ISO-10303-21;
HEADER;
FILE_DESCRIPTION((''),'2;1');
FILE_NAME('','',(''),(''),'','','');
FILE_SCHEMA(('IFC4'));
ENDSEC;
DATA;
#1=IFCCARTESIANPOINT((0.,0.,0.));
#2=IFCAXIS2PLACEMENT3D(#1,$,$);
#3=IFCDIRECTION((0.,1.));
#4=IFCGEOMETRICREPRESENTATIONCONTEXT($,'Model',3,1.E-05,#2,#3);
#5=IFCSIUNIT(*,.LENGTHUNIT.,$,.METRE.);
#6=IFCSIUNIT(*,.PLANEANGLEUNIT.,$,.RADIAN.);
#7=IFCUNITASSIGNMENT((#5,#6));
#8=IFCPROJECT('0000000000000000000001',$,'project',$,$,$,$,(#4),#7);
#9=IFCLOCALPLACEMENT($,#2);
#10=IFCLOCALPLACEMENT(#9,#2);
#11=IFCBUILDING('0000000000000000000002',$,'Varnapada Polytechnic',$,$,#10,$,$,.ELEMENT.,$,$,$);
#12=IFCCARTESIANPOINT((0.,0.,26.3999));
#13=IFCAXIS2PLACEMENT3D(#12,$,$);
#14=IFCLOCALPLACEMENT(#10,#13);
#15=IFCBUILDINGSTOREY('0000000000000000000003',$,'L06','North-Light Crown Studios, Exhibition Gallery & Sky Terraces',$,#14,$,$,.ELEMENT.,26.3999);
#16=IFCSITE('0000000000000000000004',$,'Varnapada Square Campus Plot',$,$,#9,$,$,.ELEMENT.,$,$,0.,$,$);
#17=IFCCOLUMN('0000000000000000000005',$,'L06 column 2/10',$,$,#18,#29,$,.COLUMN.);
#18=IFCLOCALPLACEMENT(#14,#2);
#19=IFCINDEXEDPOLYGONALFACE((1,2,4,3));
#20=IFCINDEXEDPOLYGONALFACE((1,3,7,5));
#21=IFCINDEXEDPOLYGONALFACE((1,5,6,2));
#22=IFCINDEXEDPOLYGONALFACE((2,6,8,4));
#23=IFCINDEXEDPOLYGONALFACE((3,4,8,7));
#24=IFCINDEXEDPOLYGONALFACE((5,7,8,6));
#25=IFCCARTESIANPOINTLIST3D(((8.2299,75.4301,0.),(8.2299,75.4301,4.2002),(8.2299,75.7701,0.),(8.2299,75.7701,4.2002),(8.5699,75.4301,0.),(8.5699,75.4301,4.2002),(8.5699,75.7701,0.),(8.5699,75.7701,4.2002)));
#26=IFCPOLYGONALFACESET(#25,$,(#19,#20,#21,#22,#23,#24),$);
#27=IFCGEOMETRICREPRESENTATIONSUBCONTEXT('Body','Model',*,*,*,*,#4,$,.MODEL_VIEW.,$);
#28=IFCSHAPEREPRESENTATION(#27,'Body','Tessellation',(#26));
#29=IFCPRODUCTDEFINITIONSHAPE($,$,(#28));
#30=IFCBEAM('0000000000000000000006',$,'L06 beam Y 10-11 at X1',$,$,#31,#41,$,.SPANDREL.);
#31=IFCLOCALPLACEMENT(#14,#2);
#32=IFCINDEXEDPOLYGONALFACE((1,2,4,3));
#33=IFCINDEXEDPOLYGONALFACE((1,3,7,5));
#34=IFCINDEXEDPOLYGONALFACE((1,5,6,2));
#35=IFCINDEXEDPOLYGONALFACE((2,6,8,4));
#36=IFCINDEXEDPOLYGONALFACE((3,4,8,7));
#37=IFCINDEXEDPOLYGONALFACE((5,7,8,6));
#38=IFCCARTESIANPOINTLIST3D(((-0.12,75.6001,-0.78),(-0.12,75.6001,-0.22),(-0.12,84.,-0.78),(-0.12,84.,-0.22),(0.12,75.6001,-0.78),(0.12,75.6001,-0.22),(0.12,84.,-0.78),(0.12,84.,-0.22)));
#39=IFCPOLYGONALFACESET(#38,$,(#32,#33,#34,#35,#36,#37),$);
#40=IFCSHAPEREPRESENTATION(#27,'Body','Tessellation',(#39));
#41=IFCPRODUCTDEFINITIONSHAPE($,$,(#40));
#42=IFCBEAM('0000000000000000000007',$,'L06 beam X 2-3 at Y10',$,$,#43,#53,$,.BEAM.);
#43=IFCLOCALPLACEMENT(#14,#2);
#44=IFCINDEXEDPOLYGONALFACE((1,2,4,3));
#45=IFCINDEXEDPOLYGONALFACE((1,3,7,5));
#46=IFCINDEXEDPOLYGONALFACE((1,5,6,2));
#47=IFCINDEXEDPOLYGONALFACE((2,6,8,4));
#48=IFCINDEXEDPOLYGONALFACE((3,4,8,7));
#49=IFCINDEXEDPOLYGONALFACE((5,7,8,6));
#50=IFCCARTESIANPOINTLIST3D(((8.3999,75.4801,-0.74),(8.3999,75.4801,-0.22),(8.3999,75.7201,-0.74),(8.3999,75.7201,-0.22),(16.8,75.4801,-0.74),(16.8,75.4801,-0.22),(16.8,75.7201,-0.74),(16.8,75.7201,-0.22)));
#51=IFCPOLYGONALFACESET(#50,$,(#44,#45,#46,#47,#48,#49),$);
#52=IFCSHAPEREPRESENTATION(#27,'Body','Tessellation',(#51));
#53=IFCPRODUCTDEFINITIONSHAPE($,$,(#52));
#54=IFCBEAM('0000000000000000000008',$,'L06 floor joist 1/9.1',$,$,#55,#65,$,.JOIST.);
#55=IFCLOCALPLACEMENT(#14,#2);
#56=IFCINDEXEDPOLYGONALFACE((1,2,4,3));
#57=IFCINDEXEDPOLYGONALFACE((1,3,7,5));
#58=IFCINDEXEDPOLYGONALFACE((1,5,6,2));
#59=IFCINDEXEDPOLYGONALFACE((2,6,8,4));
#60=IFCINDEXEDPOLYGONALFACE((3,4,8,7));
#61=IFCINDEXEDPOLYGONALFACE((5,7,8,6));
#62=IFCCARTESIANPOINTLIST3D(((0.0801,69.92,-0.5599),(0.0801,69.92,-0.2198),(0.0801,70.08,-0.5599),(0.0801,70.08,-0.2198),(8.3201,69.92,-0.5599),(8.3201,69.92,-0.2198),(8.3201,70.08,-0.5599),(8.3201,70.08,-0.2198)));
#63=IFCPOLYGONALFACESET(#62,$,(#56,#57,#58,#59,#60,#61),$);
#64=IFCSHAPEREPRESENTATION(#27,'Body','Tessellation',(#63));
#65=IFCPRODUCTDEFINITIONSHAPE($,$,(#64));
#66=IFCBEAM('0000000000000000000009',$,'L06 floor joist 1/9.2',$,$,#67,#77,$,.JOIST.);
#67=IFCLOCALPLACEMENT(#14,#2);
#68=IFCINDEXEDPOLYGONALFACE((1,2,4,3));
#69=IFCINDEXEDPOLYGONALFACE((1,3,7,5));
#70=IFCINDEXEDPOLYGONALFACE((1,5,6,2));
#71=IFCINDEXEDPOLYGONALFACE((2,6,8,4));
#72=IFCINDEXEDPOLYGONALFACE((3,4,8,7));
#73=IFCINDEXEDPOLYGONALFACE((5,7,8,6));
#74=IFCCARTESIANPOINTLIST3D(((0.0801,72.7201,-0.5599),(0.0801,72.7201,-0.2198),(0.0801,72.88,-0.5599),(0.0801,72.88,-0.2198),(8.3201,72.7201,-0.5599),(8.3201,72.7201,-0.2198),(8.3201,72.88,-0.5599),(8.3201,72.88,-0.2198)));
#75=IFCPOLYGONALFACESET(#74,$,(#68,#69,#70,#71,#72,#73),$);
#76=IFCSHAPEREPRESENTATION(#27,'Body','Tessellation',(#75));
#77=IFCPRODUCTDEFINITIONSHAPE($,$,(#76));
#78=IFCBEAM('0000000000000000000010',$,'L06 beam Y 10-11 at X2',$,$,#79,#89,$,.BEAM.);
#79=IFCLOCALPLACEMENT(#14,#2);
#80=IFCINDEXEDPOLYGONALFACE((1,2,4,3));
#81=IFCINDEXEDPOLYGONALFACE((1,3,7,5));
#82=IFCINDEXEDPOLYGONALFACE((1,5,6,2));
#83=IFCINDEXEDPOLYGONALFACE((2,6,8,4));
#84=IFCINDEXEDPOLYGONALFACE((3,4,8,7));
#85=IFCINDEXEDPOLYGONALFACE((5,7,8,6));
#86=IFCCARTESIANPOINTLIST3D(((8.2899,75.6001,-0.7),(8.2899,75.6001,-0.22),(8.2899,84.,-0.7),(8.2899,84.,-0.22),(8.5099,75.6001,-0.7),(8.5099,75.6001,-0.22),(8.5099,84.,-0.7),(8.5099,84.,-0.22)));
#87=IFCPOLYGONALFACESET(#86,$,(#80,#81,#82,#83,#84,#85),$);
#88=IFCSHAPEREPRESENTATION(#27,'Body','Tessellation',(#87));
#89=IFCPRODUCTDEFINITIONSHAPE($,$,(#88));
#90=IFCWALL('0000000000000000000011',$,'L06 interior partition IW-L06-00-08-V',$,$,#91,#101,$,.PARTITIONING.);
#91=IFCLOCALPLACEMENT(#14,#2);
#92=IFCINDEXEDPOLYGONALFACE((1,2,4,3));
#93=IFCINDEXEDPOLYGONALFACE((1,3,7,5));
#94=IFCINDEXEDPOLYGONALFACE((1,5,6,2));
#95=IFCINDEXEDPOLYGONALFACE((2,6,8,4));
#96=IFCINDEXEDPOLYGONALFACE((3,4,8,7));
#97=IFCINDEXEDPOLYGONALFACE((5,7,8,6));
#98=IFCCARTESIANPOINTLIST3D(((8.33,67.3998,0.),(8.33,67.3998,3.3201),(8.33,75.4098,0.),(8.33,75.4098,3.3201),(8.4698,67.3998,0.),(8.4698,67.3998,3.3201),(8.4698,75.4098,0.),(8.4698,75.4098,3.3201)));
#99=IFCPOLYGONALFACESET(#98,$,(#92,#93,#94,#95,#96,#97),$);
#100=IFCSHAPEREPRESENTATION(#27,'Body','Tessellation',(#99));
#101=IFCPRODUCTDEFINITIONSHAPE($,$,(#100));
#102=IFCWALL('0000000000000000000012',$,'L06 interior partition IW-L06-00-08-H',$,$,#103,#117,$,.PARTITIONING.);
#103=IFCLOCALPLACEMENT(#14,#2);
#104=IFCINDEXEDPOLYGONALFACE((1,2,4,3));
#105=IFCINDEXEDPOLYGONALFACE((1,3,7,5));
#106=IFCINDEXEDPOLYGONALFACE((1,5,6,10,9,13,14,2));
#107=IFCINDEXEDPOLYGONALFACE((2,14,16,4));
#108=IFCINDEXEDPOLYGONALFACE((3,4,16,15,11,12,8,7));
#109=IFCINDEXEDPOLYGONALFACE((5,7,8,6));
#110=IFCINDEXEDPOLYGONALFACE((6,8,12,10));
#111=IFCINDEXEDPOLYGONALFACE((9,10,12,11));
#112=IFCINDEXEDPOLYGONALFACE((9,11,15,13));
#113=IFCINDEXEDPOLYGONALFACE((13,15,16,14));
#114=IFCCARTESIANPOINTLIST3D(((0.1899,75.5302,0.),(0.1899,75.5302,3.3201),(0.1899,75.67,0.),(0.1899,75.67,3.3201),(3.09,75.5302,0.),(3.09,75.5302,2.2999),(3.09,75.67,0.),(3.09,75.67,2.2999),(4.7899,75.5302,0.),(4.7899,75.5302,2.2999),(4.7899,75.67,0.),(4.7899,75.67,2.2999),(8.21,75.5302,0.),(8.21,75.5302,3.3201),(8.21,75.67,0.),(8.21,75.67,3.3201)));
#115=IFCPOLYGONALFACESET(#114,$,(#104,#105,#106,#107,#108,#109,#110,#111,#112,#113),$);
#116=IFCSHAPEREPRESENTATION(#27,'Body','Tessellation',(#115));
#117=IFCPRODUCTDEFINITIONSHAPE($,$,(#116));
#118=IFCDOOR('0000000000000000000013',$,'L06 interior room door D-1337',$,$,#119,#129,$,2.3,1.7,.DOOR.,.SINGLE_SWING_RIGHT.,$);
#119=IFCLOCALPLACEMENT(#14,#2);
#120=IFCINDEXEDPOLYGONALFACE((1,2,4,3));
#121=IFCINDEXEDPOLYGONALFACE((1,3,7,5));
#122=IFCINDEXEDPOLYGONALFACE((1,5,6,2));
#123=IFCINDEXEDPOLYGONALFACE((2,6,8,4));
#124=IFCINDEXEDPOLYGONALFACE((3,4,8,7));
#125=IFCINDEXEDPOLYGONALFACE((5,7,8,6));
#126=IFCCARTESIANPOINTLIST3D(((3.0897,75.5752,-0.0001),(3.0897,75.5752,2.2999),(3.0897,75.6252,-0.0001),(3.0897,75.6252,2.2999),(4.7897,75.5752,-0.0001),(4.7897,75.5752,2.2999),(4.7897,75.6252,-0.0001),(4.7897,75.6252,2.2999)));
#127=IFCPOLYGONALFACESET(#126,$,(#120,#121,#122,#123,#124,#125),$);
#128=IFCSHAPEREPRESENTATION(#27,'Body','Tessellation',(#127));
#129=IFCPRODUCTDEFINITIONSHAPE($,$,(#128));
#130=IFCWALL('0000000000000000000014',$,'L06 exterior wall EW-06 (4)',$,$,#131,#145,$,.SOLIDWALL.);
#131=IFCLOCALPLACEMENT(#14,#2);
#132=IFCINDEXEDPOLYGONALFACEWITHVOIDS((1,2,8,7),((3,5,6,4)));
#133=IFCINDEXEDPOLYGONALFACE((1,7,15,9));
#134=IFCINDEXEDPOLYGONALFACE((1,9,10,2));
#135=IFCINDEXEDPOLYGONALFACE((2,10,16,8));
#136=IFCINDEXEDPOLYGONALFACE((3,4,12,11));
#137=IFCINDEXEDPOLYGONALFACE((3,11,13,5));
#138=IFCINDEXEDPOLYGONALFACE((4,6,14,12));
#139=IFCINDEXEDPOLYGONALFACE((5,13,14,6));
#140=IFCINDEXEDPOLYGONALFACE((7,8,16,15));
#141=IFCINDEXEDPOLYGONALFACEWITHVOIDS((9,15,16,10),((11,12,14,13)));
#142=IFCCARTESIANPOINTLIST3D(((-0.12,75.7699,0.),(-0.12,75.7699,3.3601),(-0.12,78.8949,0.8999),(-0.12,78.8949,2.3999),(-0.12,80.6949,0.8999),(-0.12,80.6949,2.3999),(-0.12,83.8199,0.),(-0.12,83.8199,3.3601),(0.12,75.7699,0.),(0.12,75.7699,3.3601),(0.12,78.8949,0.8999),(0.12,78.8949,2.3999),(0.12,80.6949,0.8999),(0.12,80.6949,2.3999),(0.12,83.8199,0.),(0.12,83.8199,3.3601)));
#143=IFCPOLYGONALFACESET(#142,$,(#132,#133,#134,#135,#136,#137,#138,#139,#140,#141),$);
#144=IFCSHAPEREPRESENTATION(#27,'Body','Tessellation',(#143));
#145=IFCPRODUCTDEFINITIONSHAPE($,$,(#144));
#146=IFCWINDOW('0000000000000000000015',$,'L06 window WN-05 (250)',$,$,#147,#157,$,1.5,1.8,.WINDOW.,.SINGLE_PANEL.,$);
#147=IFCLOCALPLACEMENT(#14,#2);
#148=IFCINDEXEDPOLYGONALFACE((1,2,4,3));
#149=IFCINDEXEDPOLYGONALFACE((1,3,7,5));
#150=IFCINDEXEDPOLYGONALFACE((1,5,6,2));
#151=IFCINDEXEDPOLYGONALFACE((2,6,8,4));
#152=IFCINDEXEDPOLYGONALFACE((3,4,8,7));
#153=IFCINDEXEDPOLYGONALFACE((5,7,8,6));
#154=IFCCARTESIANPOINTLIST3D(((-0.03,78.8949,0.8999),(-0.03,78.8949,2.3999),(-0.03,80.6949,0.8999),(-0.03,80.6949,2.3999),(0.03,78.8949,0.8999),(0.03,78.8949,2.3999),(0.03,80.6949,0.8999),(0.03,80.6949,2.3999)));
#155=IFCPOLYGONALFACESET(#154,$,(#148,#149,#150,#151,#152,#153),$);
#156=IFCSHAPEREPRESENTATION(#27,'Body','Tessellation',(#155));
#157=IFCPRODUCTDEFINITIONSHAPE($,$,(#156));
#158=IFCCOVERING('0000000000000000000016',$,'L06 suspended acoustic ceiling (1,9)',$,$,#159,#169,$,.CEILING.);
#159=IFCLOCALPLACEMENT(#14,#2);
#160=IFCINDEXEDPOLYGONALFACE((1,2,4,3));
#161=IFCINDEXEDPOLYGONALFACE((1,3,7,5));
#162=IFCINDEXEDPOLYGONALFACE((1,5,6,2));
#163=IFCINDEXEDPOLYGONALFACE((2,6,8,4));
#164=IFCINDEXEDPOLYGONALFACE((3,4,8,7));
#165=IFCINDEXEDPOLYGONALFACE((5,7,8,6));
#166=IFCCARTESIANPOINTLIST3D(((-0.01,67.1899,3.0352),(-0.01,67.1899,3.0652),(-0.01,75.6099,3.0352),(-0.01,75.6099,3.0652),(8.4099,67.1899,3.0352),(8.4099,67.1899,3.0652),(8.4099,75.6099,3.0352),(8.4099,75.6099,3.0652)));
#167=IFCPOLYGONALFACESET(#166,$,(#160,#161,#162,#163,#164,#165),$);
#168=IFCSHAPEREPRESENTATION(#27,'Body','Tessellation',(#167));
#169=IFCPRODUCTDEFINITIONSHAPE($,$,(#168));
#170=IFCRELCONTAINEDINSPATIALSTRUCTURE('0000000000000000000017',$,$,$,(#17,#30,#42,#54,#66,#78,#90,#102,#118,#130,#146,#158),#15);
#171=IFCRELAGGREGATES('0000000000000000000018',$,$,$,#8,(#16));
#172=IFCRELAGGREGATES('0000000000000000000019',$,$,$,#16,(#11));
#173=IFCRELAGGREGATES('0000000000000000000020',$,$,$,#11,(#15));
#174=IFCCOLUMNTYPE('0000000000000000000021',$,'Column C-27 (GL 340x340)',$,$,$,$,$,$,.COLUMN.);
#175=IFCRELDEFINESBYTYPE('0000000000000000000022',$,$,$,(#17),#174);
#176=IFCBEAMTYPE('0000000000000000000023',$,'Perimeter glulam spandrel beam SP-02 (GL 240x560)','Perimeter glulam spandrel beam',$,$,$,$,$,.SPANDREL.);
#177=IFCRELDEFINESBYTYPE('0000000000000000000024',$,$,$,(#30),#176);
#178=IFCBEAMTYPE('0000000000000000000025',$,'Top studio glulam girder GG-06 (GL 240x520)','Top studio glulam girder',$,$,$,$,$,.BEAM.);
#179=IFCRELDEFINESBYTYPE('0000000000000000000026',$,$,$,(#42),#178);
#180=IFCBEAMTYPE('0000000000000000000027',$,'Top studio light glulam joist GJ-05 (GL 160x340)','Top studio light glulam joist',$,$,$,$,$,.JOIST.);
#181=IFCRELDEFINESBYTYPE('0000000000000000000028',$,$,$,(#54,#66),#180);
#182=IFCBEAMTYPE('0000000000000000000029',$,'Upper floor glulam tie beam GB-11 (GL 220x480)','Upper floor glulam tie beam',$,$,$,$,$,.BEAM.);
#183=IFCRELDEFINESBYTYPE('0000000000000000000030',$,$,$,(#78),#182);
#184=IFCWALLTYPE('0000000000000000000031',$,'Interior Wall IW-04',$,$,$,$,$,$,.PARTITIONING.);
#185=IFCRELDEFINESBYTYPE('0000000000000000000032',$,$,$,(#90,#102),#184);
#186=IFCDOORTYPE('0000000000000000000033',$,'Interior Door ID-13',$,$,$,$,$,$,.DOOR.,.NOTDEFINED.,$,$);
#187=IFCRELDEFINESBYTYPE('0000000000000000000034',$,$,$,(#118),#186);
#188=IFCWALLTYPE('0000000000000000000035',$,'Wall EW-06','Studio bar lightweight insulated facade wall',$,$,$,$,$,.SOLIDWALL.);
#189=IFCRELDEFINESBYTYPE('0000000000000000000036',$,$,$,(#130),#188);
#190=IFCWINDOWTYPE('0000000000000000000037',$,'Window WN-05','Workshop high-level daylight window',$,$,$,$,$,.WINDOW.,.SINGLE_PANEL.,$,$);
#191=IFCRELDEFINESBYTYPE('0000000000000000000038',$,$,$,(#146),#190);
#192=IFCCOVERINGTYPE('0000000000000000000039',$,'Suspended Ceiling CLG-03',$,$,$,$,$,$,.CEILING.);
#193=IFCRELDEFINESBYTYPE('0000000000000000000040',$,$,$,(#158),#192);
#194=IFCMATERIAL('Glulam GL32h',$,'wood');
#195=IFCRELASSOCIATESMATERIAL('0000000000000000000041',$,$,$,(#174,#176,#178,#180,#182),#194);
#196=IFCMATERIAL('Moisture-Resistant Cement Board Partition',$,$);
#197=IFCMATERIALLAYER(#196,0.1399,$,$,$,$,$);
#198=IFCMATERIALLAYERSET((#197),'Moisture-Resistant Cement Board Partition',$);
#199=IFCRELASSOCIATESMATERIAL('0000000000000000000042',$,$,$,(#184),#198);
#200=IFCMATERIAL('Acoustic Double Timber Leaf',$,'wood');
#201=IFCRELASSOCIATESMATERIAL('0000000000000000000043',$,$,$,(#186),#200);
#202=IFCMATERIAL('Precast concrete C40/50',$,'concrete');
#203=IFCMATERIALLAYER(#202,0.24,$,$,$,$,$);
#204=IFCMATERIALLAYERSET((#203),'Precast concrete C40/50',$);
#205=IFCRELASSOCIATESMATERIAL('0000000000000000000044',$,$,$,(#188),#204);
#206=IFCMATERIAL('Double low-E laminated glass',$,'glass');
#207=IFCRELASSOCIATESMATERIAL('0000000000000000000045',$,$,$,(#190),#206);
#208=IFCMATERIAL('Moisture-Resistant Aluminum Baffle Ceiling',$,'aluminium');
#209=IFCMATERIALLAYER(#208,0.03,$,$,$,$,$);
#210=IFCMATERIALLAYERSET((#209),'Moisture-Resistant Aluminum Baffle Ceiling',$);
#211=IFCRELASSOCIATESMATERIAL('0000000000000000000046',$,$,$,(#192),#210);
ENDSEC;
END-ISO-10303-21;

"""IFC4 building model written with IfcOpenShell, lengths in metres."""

from ifc_helpers import new_model, si_unit, direction, frame, frame_2d, origin, origin_2d, place, context, subcontext, project, spatial, rectangle, extrude, material, layer, layer_set, material_profile, profile_set, type_object, element, fill, save


model = new_model("IFC4")

# Units and contexts
model_context = context("Model", 3, precision=1e-05, world=origin(), true_north=direction((0.0, 1.0)))
body_context = subcontext(model_context, "Body", "Model", "MODEL_VIEW")
ifc_project = project(units=[si_unit("LENGTHUNIT", "METRE"), si_unit("PLANEANGLEUNIT", "RADIAN")], contexts=[model_context])

# Site, building, storey
site_placement = place(None, origin())
site = spatial("IfcSite", under=ifc_project, at=site_placement, Name="Varnapada Square Campus Plot", CompositionType="ELEMENT", RefElevation=0.0)
building_placement = place(site_placement, origin())
building = spatial("IfcBuilding", under=site, at=building_placement, Name="Varnapada Polytechnic", CompositionType="ELEMENT")
storey_placement = place(building_placement, frame((0.0, 0.0, 26.3999)))
storey = spatial("IfcBuildingStorey", under=building, at=storey_placement, Name="L06", Description="North-Light Crown Studios, Exhibition Gallery & Sky Terraces", CompositionType="ELEMENT", Elevation=26.3999)

# Column
ifc_material_1 = material(Name="Glulam GL32h", Category="wood")
ifc_material_profile_1 = material_profile(ifc_material_1, rectangle(XDim=0.3401, YDim=0.3401, at=origin_2d()), Name="GL 340x340")
ifc_profile_set_1 = profile_set([ifc_material_profile_1], Name="Glulam GL32h")
column_type = type_object("IfcColumnType", Name="Column C-27 (GL 340x340)", PredefinedType="COLUMN", material=ifc_profile_set_1)
column_placement = place(storey_placement, frame((8.3999, 75.6001, 0.0), z_axis=(0.0, 0.0, 1.0), x_axis=(1.0, 0.0, 0.0)))
element("IfcColumn", 1, at=column_placement, inside=storey, type_object=column_type, Name="L06 column 2/10", PredefinedType="COLUMN", context=body_context, shape_type="SweptSolid", body=[
    extrude(rectangle(XDim=0.3401, YDim=0.3401, at=origin_2d()), origin(), (0.0, 0.0, 1.0), 4.2002),
])

# Beams
ifc_material_profile_2 = material_profile(ifc_material_1, rectangle(XDim=0.24, YDim=0.5601, at=origin_2d()), Name="GL 240x560")
ifc_profile_set_2 = profile_set([ifc_material_profile_2], Name="Glulam GL32h")
beam_type_1 = type_object("IfcBeamType", Name="Perimeter glulam spandrel beam SP-02 (GL 240x560)", Description="Perimeter glulam spandrel beam", PredefinedType="SPANDREL", material=ifc_profile_set_2)
beam_1_placement = place(storey_placement, frame((0.0, 75.6001, -0.5), z_axis=(0.0, 1.0, 0.0), x_axis=(-1.0, 0.0, 0.0)))
element("IfcBeam", 2, at=beam_1_placement, inside=storey, type_object=beam_type_1, Name="L06 beam Y 10-11 at X1", PredefinedType="SPANDREL", context=body_context, shape_type="SweptSolid", body=[
    extrude(rectangle(XDim=0.24, YDim=0.5601, at=origin_2d()), origin(), (0.0, 0.0, 1.0), 8.3999),
])
ifc_material_profile_3 = material_profile(ifc_material_1, rectangle(XDim=0.24, YDim=0.52, at=origin_2d()), Name="GL 240x520")
ifc_profile_set_3 = profile_set([ifc_material_profile_3], Name="Glulam GL32h")
beam_type_2 = type_object("IfcBeamType", Name="Top studio glulam girder GG-06 (GL 240x520)", Description="Top studio glulam girder", PredefinedType="BEAM", material=ifc_profile_set_3)
beam_2_placement = place(storey_placement, frame((8.3999, 75.6001, -0.48), z_axis=(1.0, 0.0, 0.0), x_axis=(0.0, 1.0, 0.0)))
element("IfcBeam", 3, at=beam_2_placement, inside=storey, type_object=beam_type_2, Name="L06 beam X 2-3 at Y10", PredefinedType="BEAM", context=body_context, shape_type="SweptSolid", body=[
    extrude(rectangle(XDim=0.24, YDim=0.52, at=origin_2d()), origin(), (0.0, 0.0, 1.0), 8.4001),
])
ifc_material_profile_4 = material_profile(ifc_material_1, rectangle(XDim=0.1599, YDim=0.3401, at=origin_2d()), Name="GL 160x340")
ifc_profile_set_4 = profile_set([ifc_material_profile_4], Name="Glulam GL32h")
beam_type_3 = type_object("IfcBeamType", Name="Top studio light glulam joist GJ-05 (GL 160x340)", Description="Top studio light glulam joist", PredefinedType="JOIST", material=ifc_profile_set_4)
for number, where, z_axis, x_axis, name in (
    (4, (0.0801, 70.0, -0.3899), (1.0, 0.0, 0.0), (0.0, 1.0, 0.0), "L06 floor joist 1/9.1"),
    (5, (0.0801, 72.8, -0.3899), (1.0, 0.0, 0.0), (0.0, 1.0, 0.0), "L06 floor joist 1/9.2"),
):
    element("IfcBeam", number, at=place(storey_placement, frame(where, z_axis=z_axis, x_axis=x_axis)), inside=storey, type_object=beam_type_3, Name=name, PredefinedType="JOIST", context=body_context, shape_type="SweptSolid", body=[
        extrude(rectangle(XDim=0.1599, YDim=0.3401, at=origin_2d()), origin(), (0.0, 0.0, 1.0), 8.24),
    ])
ifc_material_profile_5 = material_profile(ifc_material_1, rectangle(XDim=0.22, YDim=0.48, at=origin_2d()), Name="GL 220x480")
ifc_profile_set_5 = profile_set([ifc_material_profile_5], Name="Glulam GL32h")
beam_type_4 = type_object("IfcBeamType", Name="Upper floor glulam tie beam GB-11 (GL 220x480)", Description="Upper floor glulam tie beam", PredefinedType="BEAM", material=ifc_profile_set_5)
beam_3_placement = place(storey_placement, frame((8.3999, 75.6001, -0.46), z_axis=(0.0, 1.0, 0.0), x_axis=(-1.0, 0.0, 0.0)))
element("IfcBeam", 6, at=beam_3_placement, inside=storey, type_object=beam_type_4, Name="L06 beam Y 10-11 at X2", PredefinedType="BEAM", context=body_context, shape_type="SweptSolid", body=[
    extrude(rectangle(XDim=0.22, YDim=0.48, at=origin_2d()), origin(), (0.0, 0.0, 1.0), 8.3999),
])

# Wall
ifc_material_2 = material(Name="Moisture-Resistant Cement Board Partition")
ifc_layer_1 = layer(ifc_material_2, 0.1399)
ifc_layer_set_1 = layer_set([ifc_layer_1], Name="Moisture-Resistant Cement Board Partition")
wall_type_1 = type_object("IfcWallType", Name="Interior Wall IW-04", PredefinedType="PARTITIONING", material=ifc_layer_set_1)
wall_1_placement = place(storey_placement, frame((8.3999, 67.3999, 0.0), z_axis=(0.0, 0.0, 1.0), x_axis=(0.0, 1.0, 0.0)))
element("IfcWall", 7, at=wall_1_placement, inside=storey, type_object=wall_type_1, Name="L06 interior partition IW-L06-00-08-V", PredefinedType="PARTITIONING", context=body_context, shape_type="SweptSolid", body=[
    extrude(rectangle(XDim=8.01, YDim=0.1399, at=frame_2d((4.0049, 0.0))), origin(), (0.0, 0.0, 1.0), 3.3201),
])

# Wall, opening, door
wall_2_placement = place(storey_placement, frame((0.1899, 75.6001, 0.0), z_axis=(0.0, 0.0, 1.0), x_axis=(1.0, 0.0, 0.0)))
wall_2 = element("IfcWall", 8, at=wall_2_placement, inside=storey, type_object=wall_type_1, Name="L06 interior partition IW-L06-00-08-H", PredefinedType="PARTITIONING", context=body_context, shape_type="SweptSolid", body=[
    extrude(rectangle(XDim=8.02, YDim=0.1399, at=frame_2d((4.01, 0.0))), origin(), (0.0, 0.0, 1.0), 3.3201),
])
opening_1_placement = place(wall_2_placement, frame((2.8999, 0.0, 0.0)))
opening_1 = element("IfcOpeningElement", 9, at=opening_1_placement, cuts=wall_2, PredefinedType="OPENING", context=body_context, shape_type="SweptSolid", body=[
    extrude(rectangle(XDim=1.7, YDim=2.3, at=frame_2d((0.8501, 1.1499))), frame((0.0, 0.0798, 0.0), z_axis=(0.0, -1.0, 0.0), x_axis=(1.0, 0.0, 0.0)), (0.0, 0.0, 1.0), 0.1599),
])
ifc_material_3 = material(Name="Acoustic Double Timber Leaf", Category="wood")
door_type = type_object("IfcDoorType", Name="Interior Door ID-13", OperationType="NOTDEFINED", PredefinedType="DOOR", material=ifc_material_3)
door_placement = place(opening_1_placement, frame((1.7, 0.0, 0.0), z_axis=(0.0, 0.0, 1.0), x_axis=(-1.0, 0.0, 0.0)))
door = element("IfcDoor", 10, at=door_placement, inside=storey, type_object=door_type, Name="L06 interior room door D-1337", OperationType="SINGLE_SWING_RIGHT", OverallHeight=2.3, OverallWidth=1.7, PredefinedType="DOOR", context=body_context, shape_type="SweptSolid", body=[
    extrude(rectangle(XDim=1.7, YDim=2.3, at=frame_2d((0.8501, 1.1499))), frame((0.0, 0.0249, 0.0), z_axis=(0.0, -1.0, 0.0), x_axis=(1.0, 0.0, 0.0)), (0.0, 0.0, 1.0), 0.05),
])
fill(opening_1, door)

# Wall, opening, window
ifc_material_4 = material(Name="Precast concrete C40/50", Category="concrete")
ifc_layer_2 = layer(ifc_material_4, 0.24)
ifc_layer_set_2 = layer_set([ifc_layer_2], Name="Precast concrete C40/50")
wall_type_2 = type_object("IfcWallType", Name="Wall EW-06", Description="Studio bar lightweight insulated facade wall", PredefinedType="SOLIDWALL", material=ifc_layer_set_2)
wall_3_placement = place(storey_placement, frame((0.0, 75.77, 0.0), z_axis=(0.0, 0.0, 1.0), x_axis=(0.0, 1.0, 0.0)))
wall_3 = element("IfcWall", 11, at=wall_3_placement, inside=storey, type_object=wall_type_2, Name="L06 exterior wall EW-06 (4)", PredefinedType="SOLIDWALL", context=body_context, shape_type="SweptSolid", body=[
    extrude(rectangle(XDim=8.05, YDim=0.24, at=frame_2d((4.0249, 0.0))), origin(), (0.0, 0.0, 1.0), 3.3601),
])
opening_2_placement = place(wall_3_placement, frame((3.125, 0.0, 0.8999)))
opening_2 = element("IfcOpeningElement", 12, at=opening_2_placement, cuts=wall_3, PredefinedType="OPENING", context=body_context, shape_type="SweptSolid", body=[
    extrude(rectangle(XDim=1.8, YDim=1.5, at=frame_2d((0.8999, 0.75))), frame((0.0, 0.1299, 0.0), z_axis=(0.0, -1.0, 0.0), x_axis=(1.0, 0.0, 0.0)), (0.0, 0.0, 1.0), 0.26),
])
ifc_material_5 = material(Name="Double low-E laminated glass", Category="glass")
window_type = type_object("IfcWindowType", Name="Window WN-05", Description="Workshop high-level daylight window", PartitioningType="SINGLE_PANEL", PredefinedType="WINDOW", material=ifc_material_5)
window_placement = place(opening_2_placement, origin())
window = element("IfcWindow", 13, at=window_placement, inside=storey, type_object=window_type, Name="L06 window WN-05 (250)", OverallHeight=1.5, OverallWidth=1.8, PartitioningType="SINGLE_PANEL", PredefinedType="WINDOW", context=body_context, shape_type="SweptSolid", body=[
    extrude(rectangle(XDim=1.8, YDim=1.5, at=frame_2d((0.8999, 0.75))), frame((0.0, 0.03, 0.0), z_axis=(0.0, -1.0, 0.0), x_axis=(1.0, 0.0, 0.0)), (0.0, 0.0, 1.0), 0.0601),
])
fill(opening_2, window)

# Covering
ifc_material_6 = material(Name="Moisture-Resistant Aluminum Baffle Ceiling", Category="aluminium")
ifc_layer_3 = layer(ifc_material_6, 0.03)
ifc_layer_set_3 = layer_set([ifc_layer_3], Name="Moisture-Resistant Aluminum Baffle Ceiling")
covering_type = type_object("IfcCoveringType", Name="Suspended Ceiling CLG-03", PredefinedType="CEILING", material=ifc_layer_set_3)
covering_placement = place(storey_placement, frame((4.2, 71.3999, 3.0352), z_axis=(0.0, 0.0, 1.0), x_axis=(1.0, 0.0, 0.0)))
element("IfcCovering", 14, at=covering_placement, inside=storey, type_object=covering_type, Name="L06 suspended acoustic ceiling (1,9)", PredefinedType="CEILING", context=body_context, shape_type="SweptSolid", body=[
    extrude(rectangle(XDim=8.4199, YDim=8.4199, at=origin_2d()), origin(), (0.0, 0.0, 1.0), 0.03),
])

save(model, "model.ifc")
